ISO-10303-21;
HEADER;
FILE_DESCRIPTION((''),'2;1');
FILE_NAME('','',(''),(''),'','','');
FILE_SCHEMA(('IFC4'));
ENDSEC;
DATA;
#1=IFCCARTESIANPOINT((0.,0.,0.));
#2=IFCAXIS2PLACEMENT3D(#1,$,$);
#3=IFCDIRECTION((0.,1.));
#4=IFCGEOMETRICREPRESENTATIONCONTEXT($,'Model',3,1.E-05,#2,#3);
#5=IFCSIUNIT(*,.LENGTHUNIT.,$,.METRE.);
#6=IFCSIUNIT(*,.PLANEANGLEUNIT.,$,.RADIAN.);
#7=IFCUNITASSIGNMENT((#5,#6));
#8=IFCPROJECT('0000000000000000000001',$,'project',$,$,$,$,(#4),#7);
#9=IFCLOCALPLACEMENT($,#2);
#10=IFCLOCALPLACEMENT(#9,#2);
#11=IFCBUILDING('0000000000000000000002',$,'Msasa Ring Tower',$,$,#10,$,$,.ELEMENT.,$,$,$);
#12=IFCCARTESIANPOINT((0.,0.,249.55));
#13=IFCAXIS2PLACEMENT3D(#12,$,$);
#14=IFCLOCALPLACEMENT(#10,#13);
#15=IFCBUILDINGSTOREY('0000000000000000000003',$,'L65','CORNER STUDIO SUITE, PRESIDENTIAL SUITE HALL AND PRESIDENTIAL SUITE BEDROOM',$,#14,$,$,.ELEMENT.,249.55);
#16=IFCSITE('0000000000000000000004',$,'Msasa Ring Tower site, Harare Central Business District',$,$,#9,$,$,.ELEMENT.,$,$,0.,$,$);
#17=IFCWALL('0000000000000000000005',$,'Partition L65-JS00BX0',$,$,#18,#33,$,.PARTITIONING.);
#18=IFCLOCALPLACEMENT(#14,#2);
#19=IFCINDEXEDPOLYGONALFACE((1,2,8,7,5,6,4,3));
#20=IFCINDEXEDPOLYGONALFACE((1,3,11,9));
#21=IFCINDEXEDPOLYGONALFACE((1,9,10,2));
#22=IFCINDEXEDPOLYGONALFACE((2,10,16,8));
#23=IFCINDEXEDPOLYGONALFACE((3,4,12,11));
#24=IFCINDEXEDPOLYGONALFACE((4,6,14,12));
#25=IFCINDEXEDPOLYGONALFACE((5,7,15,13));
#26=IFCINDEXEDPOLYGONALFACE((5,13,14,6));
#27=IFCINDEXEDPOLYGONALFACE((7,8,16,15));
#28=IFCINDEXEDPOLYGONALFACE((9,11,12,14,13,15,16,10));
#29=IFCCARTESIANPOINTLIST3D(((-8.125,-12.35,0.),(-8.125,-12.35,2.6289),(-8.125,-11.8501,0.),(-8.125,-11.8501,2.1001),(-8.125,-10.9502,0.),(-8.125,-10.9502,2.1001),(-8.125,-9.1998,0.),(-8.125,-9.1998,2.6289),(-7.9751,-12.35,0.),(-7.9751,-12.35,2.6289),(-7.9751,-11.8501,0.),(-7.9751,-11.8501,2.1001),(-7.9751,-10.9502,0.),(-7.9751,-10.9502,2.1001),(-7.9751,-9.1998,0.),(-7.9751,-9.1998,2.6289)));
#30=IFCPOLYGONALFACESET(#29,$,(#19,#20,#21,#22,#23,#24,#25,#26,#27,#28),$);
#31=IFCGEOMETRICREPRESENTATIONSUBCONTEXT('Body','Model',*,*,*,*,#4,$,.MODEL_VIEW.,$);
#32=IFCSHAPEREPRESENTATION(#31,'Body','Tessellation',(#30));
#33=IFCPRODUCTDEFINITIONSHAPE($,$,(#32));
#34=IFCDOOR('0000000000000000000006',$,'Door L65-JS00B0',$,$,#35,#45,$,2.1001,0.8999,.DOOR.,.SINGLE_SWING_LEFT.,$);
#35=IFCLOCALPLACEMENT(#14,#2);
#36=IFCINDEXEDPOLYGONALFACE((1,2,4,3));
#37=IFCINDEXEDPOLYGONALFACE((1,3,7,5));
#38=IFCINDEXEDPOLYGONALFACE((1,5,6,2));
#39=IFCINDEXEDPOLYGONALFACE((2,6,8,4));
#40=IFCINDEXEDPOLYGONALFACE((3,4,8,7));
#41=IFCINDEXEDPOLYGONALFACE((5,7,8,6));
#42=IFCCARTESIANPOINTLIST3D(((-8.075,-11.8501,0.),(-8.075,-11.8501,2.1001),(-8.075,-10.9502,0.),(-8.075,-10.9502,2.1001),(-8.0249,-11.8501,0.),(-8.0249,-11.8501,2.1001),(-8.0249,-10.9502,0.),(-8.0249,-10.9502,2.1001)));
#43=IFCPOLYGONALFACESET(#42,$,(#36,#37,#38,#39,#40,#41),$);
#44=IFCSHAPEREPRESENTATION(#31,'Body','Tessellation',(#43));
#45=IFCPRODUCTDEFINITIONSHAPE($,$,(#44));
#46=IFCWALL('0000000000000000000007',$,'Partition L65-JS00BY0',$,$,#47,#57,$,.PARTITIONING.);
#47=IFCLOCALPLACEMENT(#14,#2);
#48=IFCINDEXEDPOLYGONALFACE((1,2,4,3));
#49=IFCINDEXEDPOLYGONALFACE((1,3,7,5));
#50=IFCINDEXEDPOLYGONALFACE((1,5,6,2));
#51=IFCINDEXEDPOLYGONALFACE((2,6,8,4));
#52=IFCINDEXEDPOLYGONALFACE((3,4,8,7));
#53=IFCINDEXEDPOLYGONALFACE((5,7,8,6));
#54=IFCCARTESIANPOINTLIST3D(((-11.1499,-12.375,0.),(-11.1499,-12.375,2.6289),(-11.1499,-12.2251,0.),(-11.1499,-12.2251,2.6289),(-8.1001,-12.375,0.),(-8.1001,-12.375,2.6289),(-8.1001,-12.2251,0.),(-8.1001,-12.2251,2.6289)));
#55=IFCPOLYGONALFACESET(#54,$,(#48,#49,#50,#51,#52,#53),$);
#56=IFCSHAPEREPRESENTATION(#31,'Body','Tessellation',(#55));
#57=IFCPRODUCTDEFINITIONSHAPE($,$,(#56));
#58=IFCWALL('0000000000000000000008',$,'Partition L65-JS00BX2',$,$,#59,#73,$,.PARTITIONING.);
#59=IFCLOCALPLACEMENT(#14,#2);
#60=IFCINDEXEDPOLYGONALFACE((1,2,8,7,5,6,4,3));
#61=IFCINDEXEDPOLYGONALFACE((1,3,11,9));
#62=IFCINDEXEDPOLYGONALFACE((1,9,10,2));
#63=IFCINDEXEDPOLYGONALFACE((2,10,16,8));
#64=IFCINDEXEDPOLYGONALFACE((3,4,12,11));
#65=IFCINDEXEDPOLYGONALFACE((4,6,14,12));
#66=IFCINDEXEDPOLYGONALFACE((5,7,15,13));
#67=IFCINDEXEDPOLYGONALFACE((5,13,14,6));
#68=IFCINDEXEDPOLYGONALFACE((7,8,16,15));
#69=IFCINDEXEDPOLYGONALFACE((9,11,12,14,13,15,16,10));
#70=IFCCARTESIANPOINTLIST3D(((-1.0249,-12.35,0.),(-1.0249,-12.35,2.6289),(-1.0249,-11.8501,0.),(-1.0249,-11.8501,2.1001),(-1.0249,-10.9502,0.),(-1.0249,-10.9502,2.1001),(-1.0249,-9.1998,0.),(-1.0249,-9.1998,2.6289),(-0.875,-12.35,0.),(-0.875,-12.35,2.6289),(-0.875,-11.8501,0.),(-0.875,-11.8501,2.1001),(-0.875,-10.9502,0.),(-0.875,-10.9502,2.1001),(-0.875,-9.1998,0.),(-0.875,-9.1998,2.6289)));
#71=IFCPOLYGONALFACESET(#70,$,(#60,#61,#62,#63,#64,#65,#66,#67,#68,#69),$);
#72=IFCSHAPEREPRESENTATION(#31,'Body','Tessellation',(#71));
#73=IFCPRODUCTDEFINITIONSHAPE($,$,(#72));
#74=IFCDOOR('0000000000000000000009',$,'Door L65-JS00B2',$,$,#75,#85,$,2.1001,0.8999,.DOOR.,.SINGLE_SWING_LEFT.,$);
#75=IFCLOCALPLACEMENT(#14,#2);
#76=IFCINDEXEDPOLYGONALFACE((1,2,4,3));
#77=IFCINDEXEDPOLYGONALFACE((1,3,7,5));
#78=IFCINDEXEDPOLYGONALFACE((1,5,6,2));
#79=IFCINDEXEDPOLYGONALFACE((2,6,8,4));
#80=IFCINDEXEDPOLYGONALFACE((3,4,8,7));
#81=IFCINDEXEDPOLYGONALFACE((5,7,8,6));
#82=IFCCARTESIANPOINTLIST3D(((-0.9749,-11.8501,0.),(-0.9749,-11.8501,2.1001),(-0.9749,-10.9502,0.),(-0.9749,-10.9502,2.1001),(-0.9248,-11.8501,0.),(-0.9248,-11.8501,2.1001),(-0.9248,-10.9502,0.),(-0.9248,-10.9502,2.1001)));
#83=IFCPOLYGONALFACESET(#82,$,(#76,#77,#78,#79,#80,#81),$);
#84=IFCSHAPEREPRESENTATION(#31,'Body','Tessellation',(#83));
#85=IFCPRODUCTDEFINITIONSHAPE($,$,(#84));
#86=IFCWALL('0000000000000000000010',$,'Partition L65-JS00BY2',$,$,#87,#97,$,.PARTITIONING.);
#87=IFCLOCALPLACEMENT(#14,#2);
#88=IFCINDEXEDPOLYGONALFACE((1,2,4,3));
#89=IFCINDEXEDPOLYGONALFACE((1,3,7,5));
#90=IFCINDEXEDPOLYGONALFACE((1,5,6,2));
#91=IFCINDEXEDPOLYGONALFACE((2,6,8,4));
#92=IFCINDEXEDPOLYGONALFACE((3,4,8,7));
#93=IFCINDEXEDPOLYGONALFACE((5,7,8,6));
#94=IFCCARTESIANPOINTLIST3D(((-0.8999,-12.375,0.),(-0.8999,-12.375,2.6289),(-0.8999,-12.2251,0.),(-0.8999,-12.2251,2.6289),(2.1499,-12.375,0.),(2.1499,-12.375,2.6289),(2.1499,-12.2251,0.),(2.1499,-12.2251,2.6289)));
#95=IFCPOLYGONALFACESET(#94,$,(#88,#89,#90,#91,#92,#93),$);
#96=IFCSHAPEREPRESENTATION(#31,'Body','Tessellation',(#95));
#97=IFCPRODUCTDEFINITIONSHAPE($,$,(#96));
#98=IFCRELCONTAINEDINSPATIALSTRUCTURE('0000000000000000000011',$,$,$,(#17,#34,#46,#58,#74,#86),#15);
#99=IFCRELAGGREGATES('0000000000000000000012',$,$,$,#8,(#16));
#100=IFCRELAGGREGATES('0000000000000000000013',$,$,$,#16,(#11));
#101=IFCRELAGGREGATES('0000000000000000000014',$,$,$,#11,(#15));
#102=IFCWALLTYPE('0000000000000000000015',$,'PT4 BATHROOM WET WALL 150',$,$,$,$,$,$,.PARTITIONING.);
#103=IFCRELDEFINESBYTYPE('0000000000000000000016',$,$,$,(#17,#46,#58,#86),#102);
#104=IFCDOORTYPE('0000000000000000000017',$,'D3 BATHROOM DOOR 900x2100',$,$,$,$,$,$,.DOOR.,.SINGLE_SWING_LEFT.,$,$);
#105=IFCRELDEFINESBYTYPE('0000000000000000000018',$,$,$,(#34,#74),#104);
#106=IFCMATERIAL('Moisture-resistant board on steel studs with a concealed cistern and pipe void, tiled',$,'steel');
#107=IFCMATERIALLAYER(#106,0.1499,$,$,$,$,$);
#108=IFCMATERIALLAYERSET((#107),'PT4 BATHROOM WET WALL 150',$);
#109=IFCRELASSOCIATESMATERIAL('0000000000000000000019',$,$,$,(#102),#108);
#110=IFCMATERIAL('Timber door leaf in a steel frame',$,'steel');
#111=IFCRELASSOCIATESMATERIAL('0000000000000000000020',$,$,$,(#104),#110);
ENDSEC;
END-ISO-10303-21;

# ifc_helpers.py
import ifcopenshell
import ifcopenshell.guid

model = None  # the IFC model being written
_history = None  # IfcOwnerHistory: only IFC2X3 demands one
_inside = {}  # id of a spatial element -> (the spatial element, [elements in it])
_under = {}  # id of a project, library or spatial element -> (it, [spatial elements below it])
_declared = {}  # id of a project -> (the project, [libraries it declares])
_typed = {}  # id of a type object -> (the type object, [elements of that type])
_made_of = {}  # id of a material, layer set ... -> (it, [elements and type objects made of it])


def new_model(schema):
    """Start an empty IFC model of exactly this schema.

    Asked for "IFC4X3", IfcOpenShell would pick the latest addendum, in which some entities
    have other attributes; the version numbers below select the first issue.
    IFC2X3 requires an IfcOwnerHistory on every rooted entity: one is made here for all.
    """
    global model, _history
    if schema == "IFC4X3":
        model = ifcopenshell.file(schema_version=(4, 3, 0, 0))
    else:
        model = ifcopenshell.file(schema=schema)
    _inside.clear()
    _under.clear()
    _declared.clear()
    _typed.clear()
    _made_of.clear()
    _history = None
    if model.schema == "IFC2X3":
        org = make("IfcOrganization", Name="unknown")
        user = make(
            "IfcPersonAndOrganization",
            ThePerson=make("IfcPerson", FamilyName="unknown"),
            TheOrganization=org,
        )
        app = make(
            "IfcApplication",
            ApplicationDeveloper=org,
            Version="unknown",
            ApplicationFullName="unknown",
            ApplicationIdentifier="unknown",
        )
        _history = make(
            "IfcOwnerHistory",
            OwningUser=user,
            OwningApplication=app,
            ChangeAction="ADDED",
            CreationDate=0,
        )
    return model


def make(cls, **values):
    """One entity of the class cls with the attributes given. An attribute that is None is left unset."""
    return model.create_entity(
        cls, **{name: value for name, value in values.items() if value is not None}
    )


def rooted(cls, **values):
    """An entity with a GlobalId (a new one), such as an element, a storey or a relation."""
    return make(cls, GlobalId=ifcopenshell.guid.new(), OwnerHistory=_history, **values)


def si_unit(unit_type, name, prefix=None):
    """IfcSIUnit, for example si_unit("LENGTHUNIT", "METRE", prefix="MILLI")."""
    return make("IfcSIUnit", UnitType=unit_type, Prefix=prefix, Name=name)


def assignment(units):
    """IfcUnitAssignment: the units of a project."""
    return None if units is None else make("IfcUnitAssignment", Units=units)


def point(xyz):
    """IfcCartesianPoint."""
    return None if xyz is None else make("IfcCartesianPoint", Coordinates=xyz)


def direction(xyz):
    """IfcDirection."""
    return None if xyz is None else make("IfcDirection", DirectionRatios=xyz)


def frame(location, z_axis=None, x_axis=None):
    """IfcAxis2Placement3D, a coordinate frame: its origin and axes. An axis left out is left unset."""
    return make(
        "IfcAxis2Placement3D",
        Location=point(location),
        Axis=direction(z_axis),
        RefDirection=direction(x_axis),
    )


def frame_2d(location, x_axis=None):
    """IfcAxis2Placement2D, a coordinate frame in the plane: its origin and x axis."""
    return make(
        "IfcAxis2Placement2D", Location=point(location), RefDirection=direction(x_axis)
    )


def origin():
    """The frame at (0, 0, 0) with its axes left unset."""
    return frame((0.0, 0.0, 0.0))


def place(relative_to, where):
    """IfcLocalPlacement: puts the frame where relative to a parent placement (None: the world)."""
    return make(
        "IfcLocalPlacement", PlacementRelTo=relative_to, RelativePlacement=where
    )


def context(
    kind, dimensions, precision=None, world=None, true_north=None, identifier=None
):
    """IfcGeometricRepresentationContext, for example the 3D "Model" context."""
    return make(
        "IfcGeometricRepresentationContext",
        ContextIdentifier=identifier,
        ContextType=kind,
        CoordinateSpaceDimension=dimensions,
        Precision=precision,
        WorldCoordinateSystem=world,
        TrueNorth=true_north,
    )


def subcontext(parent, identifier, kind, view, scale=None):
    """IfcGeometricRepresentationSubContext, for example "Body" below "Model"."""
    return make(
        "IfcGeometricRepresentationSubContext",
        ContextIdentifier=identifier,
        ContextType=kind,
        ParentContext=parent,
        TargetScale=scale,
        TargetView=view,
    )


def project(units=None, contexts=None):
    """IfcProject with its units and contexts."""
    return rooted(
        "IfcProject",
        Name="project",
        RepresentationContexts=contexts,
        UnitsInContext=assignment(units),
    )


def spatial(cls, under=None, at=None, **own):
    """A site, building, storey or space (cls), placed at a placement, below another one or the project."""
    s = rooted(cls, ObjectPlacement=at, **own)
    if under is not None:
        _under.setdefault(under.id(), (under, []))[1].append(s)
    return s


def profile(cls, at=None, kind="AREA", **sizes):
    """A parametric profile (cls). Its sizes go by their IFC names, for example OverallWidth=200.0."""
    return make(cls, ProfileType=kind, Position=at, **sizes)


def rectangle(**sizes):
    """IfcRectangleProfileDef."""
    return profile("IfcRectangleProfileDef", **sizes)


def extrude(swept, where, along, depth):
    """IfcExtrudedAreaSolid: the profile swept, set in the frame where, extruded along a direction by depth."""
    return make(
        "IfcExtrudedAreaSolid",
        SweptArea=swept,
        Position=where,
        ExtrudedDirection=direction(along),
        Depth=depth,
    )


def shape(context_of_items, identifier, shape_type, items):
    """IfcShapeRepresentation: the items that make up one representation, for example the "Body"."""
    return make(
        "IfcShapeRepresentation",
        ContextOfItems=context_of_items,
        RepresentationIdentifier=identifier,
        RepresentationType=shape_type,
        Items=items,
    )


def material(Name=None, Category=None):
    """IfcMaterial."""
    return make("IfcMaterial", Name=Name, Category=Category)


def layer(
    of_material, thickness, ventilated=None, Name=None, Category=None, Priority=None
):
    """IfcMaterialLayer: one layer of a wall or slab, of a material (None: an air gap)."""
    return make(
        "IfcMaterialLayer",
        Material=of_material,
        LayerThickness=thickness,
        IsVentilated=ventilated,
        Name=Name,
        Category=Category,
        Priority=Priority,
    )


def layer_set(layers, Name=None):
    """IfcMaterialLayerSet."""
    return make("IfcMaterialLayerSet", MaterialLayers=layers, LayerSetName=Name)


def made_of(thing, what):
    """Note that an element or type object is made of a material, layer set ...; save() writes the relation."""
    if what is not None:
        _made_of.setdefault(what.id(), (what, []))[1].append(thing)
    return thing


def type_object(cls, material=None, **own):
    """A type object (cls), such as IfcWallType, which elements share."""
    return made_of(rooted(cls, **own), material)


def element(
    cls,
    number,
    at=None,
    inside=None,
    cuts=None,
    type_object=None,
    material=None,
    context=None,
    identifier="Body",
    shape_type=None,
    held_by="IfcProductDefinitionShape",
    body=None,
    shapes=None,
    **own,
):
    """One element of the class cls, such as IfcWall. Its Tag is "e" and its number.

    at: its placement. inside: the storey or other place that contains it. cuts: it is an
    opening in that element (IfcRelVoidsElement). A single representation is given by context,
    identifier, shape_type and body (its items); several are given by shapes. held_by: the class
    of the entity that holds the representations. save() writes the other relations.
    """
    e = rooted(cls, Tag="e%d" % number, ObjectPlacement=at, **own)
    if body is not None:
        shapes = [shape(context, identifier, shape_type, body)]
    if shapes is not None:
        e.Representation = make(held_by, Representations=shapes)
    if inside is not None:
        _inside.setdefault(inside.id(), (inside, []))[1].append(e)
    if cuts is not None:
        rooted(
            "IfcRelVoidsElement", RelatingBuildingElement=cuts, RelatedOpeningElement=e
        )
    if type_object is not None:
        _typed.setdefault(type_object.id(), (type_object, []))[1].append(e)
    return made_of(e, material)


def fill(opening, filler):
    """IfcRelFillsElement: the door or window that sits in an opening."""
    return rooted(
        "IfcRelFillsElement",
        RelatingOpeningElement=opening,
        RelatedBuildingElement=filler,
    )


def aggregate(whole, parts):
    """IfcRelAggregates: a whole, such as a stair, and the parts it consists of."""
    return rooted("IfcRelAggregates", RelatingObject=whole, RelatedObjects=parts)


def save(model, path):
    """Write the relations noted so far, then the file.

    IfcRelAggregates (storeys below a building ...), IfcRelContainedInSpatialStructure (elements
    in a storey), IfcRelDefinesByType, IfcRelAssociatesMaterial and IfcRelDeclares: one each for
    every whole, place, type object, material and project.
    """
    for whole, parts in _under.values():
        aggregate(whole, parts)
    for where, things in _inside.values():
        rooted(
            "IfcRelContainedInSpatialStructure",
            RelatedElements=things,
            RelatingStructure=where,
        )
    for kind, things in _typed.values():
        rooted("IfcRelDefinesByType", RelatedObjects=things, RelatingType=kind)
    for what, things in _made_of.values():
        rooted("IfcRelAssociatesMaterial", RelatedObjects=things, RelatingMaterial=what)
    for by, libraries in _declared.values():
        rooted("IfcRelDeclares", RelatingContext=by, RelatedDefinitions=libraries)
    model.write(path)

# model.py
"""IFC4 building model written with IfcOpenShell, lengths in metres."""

from ifc_helpers import new_model, si_unit, direction, frame, frame_2d, origin, place, context, subcontext, project, spatial, rectangle, extrude, material, layer, layer_set, type_object, element, fill, save


model = new_model("IFC4")

# Units and contexts
model_context = context("Model", 3, precision=1e-05, world=origin(), true_north=direction((0.0, 1.0)))
body_context = subcontext(model_context, "Body", "Model", "MODEL_VIEW")
ifc_project = project(units=[si_unit("LENGTHUNIT", "METRE"), si_unit("PLANEANGLEUNIT", "RADIAN")], contexts=[model_context])

# Site, building, storey
site_placement = place(None, origin())
site = spatial("IfcSite", under=ifc_project, at=site_placement, Name="Msasa Ring Tower site, Harare Central Business District", CompositionType="ELEMENT", RefElevation=0.0)
building_placement = place(site_placement, origin())
building = spatial("IfcBuilding", under=site, at=building_placement, Name="Msasa Ring Tower", CompositionType="ELEMENT")
storey_placement = place(building_placement, frame((0.0, 0.0, 249.55)))
storey = spatial("IfcBuildingStorey", under=building, at=storey_placement, Name="L65", Description="CORNER STUDIO SUITE, PRESIDENTIAL SUITE HALL AND PRESIDENTIAL SUITE BEDROOM", CompositionType="ELEMENT", Elevation=249.55)

# Wall, opening, door
ifc_material_1 = material(Name="Moisture-resistant board on steel studs with a concealed cistern and pipe void, tiled", Category="steel")
ifc_layer_1 = layer(ifc_material_1, 0.1499)
ifc_layer_set_1 = layer_set([ifc_layer_1], Name="PT4 BATHROOM WET WALL 150")
wall_type_1 = type_object("IfcWallType", Name="PT4 BATHROOM WET WALL 150", PredefinedType="PARTITIONING", material=ifc_layer_set_1)
wall_1_placement = place(storey_placement, frame((-8.05, -12.3501, 0.0), z_axis=(0.0, 0.0, 1.0), x_axis=(0.0, 1.0, 0.0)))
wall_1 = element("IfcWall", 1, at=wall_1_placement, inside=storey, type_object=wall_type_1, Name="Partition L65-JS00BX0", PredefinedType="PARTITIONING", context=body_context, shape_type="SweptSolid", body=[
    extrude(rectangle(XDim=3.1501, YDim=0.1499, at=frame_2d((1.5752, 0.0))), origin(), (0.0, 0.0, 1.0), 2.6289),
])
opening_1_placement = place(wall_1_placement, frame((0.5, 0.0, 0.0)))
opening_1 = element("IfcOpeningElement", 2, at=opening_1_placement, cuts=wall_1, PredefinedType="OPENING", context=body_context, shape_type="SweptSolid", body=[
    extrude(rectangle(XDim=0.8999, YDim=2.1001, at=frame_2d((0.45, 1.05))), frame((0.0, 0.085, 0.0), z_axis=(0.0, -1.0, 0.0), x_axis=(1.0, 0.0, 0.0)), (0.0, 0.0, 1.0), 0.1699),
])
ifc_material_2 = material(Name="Timber door leaf in a steel frame", Category="steel")
door_type_1 = type_object("IfcDoorType", Name="D3 BATHROOM DOOR 900x2100", OperationType="SINGLE_SWING_LEFT", PredefinedType="DOOR", material=ifc_material_2)
door_1_placement = place(opening_1_placement, origin())
door_1 = element("IfcDoor", 3, at=door_1_placement, inside=storey, type_object=door_type_1, Name="Door L65-JS00B0", OperationType="SINGLE_SWING_LEFT", OverallHeight=2.1001, OverallWidth=0.8999, PredefinedType="DOOR", context=body_context, shape_type="SweptSolid", body=[
    extrude(rectangle(XDim=0.8999, YDim=2.1001, at=frame_2d((0.45, 1.05))), frame((0.0, 0.0249, 0.0), z_axis=(0.0, -1.0, 0.0), x_axis=(1.0, 0.0, 0.0)), (0.0, 0.0, 1.0), 0.05),
])
fill(opening_1, door_1)

# Wall
wall_2_placement = place(storey_placement, frame((-11.1499, -12.3, 0.0), z_axis=(0.0, 0.0, 1.0), x_axis=(1.0, 0.0, 0.0)))
element("IfcWall", 4, at=wall_2_placement, inside=storey, type_object=wall_type_1, Name="Partition L65-JS00BY0", PredefinedType="PARTITIONING", context=body_context, shape_type="SweptSolid", body=[
    extrude(rectangle(XDim=3.0498, YDim=0.1499, at=frame_2d((1.5249, 0.0))), origin(), (0.0, 0.0, 1.0), 2.6289),
])

# Wall, opening, door
wall_3_placement = place(storey_placement, frame((-0.95, -12.3501, 0.0), z_axis=(0.0, 0.0, 1.0), x_axis=(0.0, 1.0, 0.0)))
wall_3 = element("IfcWall", 5, at=wall_3_placement, inside=storey, type_object=wall_type_1, Name="Partition L65-JS00BX2", PredefinedType="PARTITIONING", context=body_context, shape_type="SweptSolid", body=[
    extrude(rectangle(XDim=3.1501, YDim=0.1499, at=frame_2d((1.5752, 0.0))), origin(), (0.0, 0.0, 1.0), 2.6289),
])
opening_2_placement = place(wall_3_placement, frame((0.5, 0.0, 0.0)))
opening_2 = element("IfcOpeningElement", 6, at=opening_2_placement, cuts=wall_3, PredefinedType="OPENING", context=body_context, shape_type="SweptSolid", body=[
    extrude(rectangle(XDim=0.8999, YDim=2.1001, at=frame_2d((0.45, 1.05))), frame((0.0, 0.085, 0.0), z_axis=(0.0, -1.0, 0.0), x_axis=(1.0, 0.0, 0.0)), (0.0, 0.0, 1.0), 0.1699),
])
door_2_placement = place(opening_2_placement, origin())
door_2 = element("IfcDoor", 7, at=door_2_placement, inside=storey, type_object=door_type_1, Name="Door L65-JS00B2", OperationType="SINGLE_SWING_LEFT", OverallHeight=2.1001, OverallWidth=0.8999, PredefinedType="DOOR", context=body_context, shape_type="SweptSolid", body=[
    extrude(rectangle(XDim=0.8999, YDim=2.1001, at=frame_2d((0.45, 1.05))), frame((0.0, 0.0249, 0.0), z_axis=(0.0, -1.0, 0.0), x_axis=(1.0, 0.0, 0.0)), (0.0, 0.0, 1.0), 0.05),
])
fill(opening_2, door_2)

# Wall
wall_4_placement = place(storey_placement, frame((-0.8999, -12.3, 0.0), z_axis=(0.0, 0.0, 1.0), x_axis=(1.0, 0.0, 0.0)))
element("IfcWall", 8, at=wall_4_placement, inside=storey, type_object=wall_type_1, Name="Partition L65-JS00BY2", PredefinedType="PARTITIONING", context=body_context, shape_type="SweptSolid", body=[
    extrude(rectangle(XDim=3.0498, YDim=0.1499, at=frame_2d((1.5249, 0.0))), origin(), (0.0, 0.0, 1.0), 2.6289),
])

save(model, "model.ifc")
